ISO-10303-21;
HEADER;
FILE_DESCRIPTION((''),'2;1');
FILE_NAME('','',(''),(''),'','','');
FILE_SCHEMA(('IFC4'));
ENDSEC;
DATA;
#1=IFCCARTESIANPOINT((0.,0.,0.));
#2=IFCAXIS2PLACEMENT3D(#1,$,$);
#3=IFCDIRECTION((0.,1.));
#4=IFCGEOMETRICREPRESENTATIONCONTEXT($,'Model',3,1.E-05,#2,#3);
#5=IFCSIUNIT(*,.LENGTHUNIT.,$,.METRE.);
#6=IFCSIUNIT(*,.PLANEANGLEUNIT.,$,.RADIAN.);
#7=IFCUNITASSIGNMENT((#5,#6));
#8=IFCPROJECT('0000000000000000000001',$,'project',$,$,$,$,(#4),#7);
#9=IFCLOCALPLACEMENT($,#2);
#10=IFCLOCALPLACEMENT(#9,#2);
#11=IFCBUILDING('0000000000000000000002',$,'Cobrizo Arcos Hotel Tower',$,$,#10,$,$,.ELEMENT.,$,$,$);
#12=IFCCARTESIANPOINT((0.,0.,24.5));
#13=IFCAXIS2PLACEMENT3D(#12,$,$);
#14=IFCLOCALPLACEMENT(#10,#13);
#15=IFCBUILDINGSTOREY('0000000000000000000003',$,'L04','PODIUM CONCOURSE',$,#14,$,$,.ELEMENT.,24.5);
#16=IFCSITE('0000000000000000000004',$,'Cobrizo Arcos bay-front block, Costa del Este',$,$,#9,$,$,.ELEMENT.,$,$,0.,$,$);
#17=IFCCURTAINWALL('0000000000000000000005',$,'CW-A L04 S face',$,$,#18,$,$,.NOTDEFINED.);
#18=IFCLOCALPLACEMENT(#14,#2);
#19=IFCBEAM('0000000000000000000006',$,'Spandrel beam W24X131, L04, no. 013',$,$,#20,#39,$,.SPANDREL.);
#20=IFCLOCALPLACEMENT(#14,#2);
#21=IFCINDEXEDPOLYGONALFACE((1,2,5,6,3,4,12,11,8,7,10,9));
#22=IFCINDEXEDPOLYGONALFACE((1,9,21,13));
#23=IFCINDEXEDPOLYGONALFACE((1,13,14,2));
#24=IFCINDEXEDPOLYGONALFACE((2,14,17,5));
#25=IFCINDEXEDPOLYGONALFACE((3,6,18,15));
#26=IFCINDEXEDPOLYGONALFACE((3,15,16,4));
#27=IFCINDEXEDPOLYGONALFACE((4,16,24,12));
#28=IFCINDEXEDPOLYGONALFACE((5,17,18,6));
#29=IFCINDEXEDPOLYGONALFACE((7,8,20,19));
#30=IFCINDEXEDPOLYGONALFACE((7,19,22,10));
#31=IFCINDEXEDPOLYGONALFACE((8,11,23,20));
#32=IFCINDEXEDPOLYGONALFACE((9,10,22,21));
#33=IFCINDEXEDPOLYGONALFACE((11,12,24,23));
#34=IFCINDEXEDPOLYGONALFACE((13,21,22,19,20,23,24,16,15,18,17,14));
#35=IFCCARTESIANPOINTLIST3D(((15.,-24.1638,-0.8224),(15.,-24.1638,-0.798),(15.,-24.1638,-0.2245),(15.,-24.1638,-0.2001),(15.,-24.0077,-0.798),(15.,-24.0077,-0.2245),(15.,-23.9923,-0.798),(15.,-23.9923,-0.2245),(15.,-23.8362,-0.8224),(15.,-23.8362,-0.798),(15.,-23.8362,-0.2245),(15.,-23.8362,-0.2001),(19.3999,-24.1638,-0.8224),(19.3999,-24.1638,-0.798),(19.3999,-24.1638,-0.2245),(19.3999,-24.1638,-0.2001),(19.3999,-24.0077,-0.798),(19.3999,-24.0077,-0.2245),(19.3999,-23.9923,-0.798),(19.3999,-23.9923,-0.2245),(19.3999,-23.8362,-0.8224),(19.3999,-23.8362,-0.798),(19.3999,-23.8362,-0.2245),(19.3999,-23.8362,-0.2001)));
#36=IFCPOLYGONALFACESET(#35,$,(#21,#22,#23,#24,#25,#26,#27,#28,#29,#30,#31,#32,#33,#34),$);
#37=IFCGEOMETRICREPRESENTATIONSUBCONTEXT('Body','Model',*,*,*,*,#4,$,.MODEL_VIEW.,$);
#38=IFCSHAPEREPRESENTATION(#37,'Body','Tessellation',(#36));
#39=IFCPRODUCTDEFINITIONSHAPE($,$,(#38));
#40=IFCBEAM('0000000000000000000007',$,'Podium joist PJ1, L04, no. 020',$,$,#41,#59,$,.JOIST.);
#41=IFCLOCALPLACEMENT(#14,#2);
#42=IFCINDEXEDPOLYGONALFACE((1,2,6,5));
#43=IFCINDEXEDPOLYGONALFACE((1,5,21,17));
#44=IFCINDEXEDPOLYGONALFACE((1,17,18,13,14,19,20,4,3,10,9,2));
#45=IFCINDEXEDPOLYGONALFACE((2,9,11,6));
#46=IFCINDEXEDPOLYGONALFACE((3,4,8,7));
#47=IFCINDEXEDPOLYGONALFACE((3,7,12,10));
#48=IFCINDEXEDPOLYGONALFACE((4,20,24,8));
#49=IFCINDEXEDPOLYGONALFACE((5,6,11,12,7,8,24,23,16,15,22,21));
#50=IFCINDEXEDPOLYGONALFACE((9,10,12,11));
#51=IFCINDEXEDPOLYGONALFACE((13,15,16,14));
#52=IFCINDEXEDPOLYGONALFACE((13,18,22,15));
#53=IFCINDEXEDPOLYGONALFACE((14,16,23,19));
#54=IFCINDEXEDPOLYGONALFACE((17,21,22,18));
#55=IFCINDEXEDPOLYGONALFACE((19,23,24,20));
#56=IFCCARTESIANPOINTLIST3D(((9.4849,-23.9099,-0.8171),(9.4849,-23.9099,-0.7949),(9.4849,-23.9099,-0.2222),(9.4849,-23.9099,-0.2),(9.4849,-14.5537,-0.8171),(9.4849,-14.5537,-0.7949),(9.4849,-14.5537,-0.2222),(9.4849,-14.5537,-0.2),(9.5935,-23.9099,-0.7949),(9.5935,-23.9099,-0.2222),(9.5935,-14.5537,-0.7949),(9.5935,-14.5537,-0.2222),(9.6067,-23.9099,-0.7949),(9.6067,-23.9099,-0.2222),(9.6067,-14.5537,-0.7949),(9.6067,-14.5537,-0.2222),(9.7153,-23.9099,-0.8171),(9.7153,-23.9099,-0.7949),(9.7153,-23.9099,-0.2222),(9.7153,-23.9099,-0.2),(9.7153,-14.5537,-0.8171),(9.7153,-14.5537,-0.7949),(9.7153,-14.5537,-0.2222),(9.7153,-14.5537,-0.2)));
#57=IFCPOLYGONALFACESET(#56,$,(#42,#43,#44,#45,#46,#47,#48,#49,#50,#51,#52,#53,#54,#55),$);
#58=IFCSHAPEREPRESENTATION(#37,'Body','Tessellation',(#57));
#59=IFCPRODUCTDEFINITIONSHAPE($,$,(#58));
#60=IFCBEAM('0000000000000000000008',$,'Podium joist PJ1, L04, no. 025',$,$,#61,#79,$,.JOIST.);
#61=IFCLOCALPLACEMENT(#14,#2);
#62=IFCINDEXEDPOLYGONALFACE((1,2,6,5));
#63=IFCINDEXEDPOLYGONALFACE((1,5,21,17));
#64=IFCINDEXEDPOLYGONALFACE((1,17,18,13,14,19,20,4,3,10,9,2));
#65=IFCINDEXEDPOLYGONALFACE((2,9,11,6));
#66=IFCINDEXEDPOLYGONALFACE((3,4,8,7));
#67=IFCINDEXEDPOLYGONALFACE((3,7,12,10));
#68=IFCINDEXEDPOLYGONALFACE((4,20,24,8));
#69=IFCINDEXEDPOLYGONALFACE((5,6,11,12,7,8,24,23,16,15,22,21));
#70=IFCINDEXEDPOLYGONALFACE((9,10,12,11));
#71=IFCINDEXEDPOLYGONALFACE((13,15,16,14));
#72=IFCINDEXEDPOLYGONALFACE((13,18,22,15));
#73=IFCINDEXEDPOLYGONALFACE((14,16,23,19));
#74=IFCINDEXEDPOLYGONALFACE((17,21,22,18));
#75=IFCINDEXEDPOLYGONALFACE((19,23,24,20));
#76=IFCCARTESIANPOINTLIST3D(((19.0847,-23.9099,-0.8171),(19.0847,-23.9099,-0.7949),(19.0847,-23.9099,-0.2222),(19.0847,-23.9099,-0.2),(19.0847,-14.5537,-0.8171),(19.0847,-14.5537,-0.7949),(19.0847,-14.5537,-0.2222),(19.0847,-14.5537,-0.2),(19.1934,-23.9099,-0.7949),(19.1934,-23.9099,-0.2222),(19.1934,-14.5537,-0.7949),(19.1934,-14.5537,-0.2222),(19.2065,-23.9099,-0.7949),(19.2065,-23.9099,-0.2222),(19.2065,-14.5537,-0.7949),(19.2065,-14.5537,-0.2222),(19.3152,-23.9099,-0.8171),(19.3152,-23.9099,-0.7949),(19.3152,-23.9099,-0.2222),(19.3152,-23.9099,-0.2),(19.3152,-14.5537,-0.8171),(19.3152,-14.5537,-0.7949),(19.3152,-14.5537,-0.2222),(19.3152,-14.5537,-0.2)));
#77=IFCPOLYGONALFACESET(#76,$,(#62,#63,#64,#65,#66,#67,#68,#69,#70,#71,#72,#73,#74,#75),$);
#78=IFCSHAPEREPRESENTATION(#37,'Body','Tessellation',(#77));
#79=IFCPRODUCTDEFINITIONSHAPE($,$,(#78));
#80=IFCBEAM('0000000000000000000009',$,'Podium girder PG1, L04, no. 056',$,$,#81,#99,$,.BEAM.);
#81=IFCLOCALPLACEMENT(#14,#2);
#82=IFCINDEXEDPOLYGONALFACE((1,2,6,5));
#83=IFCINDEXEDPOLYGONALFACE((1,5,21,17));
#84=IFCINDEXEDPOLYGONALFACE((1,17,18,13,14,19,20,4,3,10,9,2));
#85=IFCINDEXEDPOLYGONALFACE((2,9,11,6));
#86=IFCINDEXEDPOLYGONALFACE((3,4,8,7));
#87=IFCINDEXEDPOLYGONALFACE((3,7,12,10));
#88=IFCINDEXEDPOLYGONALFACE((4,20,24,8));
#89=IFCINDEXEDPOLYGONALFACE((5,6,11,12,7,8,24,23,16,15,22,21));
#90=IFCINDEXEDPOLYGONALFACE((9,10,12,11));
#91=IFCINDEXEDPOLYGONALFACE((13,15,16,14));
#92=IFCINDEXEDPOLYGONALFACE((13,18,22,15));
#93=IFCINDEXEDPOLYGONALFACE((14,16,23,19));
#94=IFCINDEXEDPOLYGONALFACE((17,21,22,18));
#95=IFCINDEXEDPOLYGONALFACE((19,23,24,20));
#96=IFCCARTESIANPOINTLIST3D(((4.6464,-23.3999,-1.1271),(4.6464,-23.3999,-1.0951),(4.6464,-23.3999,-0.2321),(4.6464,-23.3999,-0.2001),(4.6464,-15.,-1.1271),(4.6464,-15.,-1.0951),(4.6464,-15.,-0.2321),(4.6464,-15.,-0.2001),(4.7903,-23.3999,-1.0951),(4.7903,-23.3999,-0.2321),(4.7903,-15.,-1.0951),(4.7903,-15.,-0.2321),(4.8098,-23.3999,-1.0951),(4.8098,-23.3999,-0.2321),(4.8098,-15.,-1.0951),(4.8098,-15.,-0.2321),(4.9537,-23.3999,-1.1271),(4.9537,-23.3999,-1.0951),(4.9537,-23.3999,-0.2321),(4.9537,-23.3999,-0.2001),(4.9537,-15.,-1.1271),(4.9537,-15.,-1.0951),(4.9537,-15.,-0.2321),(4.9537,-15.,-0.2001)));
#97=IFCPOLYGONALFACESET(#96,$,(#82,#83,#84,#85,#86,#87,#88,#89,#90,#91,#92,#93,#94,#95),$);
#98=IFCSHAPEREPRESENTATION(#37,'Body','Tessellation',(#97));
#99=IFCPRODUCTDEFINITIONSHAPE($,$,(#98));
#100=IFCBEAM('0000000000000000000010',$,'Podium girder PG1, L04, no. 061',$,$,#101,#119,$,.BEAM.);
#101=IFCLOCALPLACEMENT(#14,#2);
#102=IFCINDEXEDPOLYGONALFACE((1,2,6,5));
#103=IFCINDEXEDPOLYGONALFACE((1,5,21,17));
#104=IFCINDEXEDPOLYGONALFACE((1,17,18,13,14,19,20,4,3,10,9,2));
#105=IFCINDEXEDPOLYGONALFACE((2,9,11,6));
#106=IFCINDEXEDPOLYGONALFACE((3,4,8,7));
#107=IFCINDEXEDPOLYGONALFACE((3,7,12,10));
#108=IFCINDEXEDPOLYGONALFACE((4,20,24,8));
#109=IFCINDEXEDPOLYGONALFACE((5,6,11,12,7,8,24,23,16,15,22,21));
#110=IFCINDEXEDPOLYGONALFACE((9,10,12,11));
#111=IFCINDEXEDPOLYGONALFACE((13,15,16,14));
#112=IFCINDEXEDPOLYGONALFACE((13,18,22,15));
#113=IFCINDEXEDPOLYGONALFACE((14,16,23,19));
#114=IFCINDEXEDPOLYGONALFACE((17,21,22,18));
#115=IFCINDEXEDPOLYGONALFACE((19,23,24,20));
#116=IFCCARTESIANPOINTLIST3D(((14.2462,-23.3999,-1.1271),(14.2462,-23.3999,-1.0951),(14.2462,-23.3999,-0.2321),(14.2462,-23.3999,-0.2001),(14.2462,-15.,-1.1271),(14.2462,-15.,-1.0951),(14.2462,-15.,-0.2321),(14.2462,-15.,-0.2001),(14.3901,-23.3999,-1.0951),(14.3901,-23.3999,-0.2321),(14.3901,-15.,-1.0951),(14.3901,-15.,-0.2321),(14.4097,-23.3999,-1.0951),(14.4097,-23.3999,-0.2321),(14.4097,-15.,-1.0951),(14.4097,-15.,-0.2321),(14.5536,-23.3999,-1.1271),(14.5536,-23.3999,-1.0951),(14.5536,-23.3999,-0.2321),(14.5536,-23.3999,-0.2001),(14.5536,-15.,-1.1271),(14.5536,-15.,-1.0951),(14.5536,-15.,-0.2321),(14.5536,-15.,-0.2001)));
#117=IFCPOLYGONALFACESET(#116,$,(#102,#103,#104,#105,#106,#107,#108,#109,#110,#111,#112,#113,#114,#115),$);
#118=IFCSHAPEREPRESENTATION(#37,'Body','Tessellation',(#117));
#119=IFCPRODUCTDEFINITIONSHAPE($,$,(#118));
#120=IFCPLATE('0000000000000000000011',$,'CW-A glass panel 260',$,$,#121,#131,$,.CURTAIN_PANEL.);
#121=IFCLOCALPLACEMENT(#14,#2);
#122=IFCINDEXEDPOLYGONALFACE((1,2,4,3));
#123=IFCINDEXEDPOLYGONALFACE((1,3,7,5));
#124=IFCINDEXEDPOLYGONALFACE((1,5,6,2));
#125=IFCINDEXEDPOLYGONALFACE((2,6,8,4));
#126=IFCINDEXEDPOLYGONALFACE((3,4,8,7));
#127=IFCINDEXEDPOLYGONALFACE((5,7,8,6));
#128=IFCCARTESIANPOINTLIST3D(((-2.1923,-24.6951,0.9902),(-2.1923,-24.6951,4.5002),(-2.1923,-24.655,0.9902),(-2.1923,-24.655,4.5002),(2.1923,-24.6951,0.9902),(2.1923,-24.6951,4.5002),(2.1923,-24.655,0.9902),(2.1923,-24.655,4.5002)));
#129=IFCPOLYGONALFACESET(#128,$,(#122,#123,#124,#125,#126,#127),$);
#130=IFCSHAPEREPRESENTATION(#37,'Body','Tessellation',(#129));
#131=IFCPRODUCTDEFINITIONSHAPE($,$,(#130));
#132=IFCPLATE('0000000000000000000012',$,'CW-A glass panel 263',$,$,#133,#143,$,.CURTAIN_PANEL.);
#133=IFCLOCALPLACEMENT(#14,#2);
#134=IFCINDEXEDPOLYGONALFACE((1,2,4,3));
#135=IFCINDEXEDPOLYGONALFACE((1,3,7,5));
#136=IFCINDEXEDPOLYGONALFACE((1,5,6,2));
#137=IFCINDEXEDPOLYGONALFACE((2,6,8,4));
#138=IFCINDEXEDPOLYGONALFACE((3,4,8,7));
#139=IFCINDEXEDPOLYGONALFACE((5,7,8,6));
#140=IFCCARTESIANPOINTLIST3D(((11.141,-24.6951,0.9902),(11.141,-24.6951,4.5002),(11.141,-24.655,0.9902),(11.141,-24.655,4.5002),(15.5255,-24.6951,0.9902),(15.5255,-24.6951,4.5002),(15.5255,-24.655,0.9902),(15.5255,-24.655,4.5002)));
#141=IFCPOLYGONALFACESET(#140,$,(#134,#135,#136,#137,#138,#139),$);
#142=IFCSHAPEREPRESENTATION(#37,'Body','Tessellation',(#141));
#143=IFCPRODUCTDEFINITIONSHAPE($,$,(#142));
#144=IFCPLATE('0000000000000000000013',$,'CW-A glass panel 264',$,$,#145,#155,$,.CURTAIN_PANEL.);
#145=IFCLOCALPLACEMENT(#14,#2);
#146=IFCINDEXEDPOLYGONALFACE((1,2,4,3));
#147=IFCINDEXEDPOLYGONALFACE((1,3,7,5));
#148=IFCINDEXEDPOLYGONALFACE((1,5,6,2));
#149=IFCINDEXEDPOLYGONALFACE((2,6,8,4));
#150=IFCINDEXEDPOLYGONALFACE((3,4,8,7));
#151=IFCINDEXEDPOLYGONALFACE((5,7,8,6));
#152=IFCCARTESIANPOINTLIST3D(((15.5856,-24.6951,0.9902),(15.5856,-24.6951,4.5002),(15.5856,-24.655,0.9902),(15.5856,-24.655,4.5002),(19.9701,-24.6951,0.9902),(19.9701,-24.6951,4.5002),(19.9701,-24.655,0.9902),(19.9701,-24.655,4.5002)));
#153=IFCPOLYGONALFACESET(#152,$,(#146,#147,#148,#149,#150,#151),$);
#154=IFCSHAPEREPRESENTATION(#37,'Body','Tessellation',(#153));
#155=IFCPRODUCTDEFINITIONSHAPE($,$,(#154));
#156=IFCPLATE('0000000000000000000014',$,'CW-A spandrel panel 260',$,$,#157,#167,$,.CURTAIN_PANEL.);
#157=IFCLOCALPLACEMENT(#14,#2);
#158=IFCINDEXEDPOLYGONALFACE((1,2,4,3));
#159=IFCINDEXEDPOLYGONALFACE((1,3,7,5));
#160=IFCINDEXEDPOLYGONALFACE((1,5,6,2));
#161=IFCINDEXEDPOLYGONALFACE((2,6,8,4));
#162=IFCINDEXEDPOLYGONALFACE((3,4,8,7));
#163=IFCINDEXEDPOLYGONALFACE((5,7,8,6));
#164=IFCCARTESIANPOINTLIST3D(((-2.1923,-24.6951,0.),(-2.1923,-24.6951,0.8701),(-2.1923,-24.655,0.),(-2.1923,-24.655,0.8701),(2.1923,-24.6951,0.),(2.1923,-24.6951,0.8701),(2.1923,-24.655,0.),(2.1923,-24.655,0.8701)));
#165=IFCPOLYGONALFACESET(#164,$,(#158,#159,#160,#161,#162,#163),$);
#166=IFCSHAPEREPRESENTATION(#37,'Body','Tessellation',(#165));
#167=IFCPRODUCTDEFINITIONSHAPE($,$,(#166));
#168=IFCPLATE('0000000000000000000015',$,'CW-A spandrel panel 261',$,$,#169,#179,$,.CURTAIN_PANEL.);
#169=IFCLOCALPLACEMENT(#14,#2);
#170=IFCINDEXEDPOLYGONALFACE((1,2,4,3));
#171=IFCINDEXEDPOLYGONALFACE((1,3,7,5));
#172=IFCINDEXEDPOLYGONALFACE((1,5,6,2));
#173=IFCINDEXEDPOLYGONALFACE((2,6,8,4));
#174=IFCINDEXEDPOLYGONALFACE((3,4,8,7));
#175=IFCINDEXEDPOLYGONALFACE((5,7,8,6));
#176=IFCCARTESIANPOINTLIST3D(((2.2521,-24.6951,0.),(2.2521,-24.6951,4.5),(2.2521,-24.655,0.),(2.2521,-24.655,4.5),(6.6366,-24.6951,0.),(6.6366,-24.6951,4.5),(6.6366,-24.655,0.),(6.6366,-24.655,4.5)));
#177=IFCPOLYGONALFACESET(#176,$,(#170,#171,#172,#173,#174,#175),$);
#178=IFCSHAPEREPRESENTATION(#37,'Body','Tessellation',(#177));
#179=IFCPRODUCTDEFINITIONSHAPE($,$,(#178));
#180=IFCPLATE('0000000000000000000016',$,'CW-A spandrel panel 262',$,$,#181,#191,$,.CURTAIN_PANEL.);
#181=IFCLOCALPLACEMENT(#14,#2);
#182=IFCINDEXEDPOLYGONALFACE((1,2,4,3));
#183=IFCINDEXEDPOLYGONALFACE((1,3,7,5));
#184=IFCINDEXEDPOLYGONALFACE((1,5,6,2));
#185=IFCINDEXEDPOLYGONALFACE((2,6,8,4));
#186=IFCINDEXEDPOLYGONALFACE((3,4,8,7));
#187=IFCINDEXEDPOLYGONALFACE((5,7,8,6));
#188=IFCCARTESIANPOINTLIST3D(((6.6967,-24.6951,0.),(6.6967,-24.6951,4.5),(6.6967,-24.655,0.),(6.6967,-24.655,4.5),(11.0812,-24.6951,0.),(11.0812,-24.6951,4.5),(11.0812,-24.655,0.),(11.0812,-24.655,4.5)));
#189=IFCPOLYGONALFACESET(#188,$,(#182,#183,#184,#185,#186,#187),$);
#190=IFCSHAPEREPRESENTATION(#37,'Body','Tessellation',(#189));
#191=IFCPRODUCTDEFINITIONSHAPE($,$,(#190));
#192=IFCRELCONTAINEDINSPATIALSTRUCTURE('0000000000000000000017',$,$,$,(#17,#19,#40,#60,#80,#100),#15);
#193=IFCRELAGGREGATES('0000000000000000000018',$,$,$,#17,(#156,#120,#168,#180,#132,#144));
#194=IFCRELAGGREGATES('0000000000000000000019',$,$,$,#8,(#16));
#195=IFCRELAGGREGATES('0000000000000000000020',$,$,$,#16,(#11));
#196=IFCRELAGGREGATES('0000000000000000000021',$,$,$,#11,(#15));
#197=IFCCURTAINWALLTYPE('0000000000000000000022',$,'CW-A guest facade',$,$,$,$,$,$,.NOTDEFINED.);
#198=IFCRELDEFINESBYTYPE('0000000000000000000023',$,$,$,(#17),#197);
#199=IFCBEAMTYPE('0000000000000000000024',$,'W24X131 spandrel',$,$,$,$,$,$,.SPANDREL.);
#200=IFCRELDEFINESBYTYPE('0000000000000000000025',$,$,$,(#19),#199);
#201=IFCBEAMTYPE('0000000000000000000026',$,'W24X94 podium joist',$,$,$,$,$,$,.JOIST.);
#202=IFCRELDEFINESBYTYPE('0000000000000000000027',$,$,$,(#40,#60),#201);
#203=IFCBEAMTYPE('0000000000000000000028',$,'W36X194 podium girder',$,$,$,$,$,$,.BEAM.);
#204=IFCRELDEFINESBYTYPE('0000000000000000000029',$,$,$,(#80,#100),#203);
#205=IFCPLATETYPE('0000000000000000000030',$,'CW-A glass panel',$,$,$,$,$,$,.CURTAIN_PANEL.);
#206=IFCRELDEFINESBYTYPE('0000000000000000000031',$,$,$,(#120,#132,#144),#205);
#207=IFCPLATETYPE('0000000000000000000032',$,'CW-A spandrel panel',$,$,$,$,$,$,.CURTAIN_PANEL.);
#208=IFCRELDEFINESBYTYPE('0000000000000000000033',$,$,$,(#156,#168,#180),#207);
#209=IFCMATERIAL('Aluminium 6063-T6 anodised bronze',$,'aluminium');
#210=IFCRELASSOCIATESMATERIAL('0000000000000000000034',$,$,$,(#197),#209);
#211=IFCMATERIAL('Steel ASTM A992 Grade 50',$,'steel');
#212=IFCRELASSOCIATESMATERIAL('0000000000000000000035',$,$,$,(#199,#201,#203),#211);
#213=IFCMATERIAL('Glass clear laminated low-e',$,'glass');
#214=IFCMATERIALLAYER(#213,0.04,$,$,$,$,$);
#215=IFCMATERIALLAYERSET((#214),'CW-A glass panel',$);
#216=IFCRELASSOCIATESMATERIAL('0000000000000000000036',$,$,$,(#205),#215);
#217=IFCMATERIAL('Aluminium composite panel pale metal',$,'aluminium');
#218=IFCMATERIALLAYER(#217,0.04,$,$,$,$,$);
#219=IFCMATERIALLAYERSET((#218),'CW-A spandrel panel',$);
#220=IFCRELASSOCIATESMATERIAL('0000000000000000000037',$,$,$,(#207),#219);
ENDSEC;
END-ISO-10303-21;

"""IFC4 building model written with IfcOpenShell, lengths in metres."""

from ifc_helpers import new_model, si_unit, direction, frame, origin, origin_2d, place, context, subcontext, project, spatial, rectangle, i_section, extrude, material, layer, layer_set, material_profile, profile_set, type_object, element, aggregate, save


model = new_model("IFC4")

# Units and contexts
model_context = context("Model", 3, precision=1e-05, world=origin(), true_north=direction((0.0, 1.0)))
body_context = subcontext(model_context, "Body", "Model", "MODEL_VIEW")
ifc_project = project(units=[si_unit("LENGTHUNIT", "METRE"), si_unit("PLANEANGLEUNIT", "RADIAN")], contexts=[model_context])

# Site, building, storey
site_placement = place(None, origin())
site = spatial("IfcSite", under=ifc_project, at=site_placement, Name="Cobrizo Arcos bay-front block, Costa del Este", CompositionType="ELEMENT", RefElevation=0.0)
building_placement = place(site_placement, origin())
building = spatial("IfcBuilding", under=site, at=building_placement, Name="Cobrizo Arcos Hotel Tower", CompositionType="ELEMENT")
storey_placement = place(building_placement, frame((0.0, 0.0, 24.5)))
storey = spatial("IfcBuildingStorey", under=building, at=storey_placement, Name="L04", Description="PODIUM CONCOURSE", CompositionType="ELEMENT", Elevation=24.5)

# Curtain wall
ifc_material_1 = material(Name="Aluminium 6063-T6 anodised bronze", Category="aluminium")
curtain_wall_type = type_object("IfcCurtainWallType", Name="CW-A guest facade", PredefinedType="NOTDEFINED", material=ifc_material_1)
curtain_wall_placement = place(storey_placement, origin())
curtain_wall = element("IfcCurtainWall", 1, at=curtain_wall_placement, inside=storey, type_object=curtain_wall_type, Name="CW-A L04 S face", PredefinedType="NOTDEFINED")

# Beams
ifc_material_2 = material(Name="Steel ASTM A992 Grade 50", Category="steel")
ifc_material_profile_1 = material_profile(ifc_material_2, i_section(OverallWidth=0.3276, OverallDepth=0.6223, WebThickness=0.0154, FlangeThickness=0.0244, at=origin_2d()), Name="W24X131")
ifc_profile_set_1 = profile_set([ifc_material_profile_1], Name="Steel ASTM A992 Grade 50")
beam_type_1 = type_object("IfcBeamType", Name="W24X131 spandrel", PredefinedType="SPANDREL", material=ifc_profile_set_1)
beam_1_placement = place(storey_placement, frame((15.0, -24.0, -0.5112), z_axis=(1.0, 0.0, 0.0), x_axis=(0.0, 1.0, 0.0)))
element("IfcBeam", 2, at=beam_1_placement, inside=storey, type_object=beam_type_1, Name="Spandrel beam W24X131, L04, no. 013", PredefinedType="SPANDREL", context=body_context, shape_type="SweptSolid", body=[
    extrude(i_section(OverallWidth=0.3276, OverallDepth=0.6223, WebThickness=0.0154, FlangeThickness=0.0244, at=origin_2d()), origin(), (0.0, 0.0, 1.0), 4.3999),
])
ifc_material_profile_2 = material_profile(ifc_material_2, i_section(OverallWidth=0.2305, OverallDepth=0.6172, WebThickness=0.0132, FlangeThickness=0.0222, at=origin_2d()), Name="W24X94")
ifc_profile_set_2 = profile_set([ifc_material_profile_2], Name="Steel ASTM A992 Grade 50")
beam_type_2 = type_object("IfcBeamType", Name="W24X94 podium joist", PredefinedType="JOIST", material=ifc_profile_set_2)
for number, where, z_axis, x_axis, name in (
    (3, (9.6001, -23.9099, -0.5085), (0.0, 1.0, 0.0), (-1.0, 0.0, 0.0), "Podium joist PJ1, L04, no. 020"),
    (4, (19.2, -23.9099, -0.5085), (0.0, 1.0, 0.0), (-1.0, 0.0, 0.0), "Podium joist PJ1, L04, no. 025"),
):
    element("IfcBeam", number, at=place(storey_placement, frame(where, z_axis=z_axis, x_axis=x_axis)), inside=storey, type_object=beam_type_2, Name=name, PredefinedType="JOIST", context=body_context, shape_type="SweptSolid", body=[
        extrude(i_section(OverallWidth=0.2305, OverallDepth=0.6172, WebThickness=0.0132, FlangeThickness=0.0222, at=origin_2d()), origin(), (0.0, 0.0, 1.0), 9.3562),
    ])
ifc_material_profile_3 = material_profile(ifc_material_2, i_section(OverallWidth=0.3074, OverallDepth=0.927, WebThickness=0.0195, FlangeThickness=0.032, at=origin_2d()), Name="W36X194")
ifc_profile_set_3 = profile_set([ifc_material_profile_3], Name="Steel ASTM A992 Grade 50")
beam_type_3 = type_object("IfcBeamType", Name="W36X194 podium girder", PredefinedType="BEAM", material=ifc_profile_set_3)
for number, where, z_axis, x_axis, name in (
    (5, (4.8, -23.3999, -0.6636), (0.0, 1.0, 0.0), (-1.0, 0.0, 0.0), "Podium girder PG1, L04, no. 056"),
    (6, (14.3999, -23.3999, -0.6636), (0.0, 1.0, 0.0), (-1.0, 0.0, 0.0), "Podium girder PG1, L04, no. 061"),
):
    element("IfcBeam", number, at=place(storey_placement, frame(where, z_axis=z_axis, x_axis=x_axis)), inside=storey, type_object=beam_type_3, Name=name, PredefinedType="BEAM", context=body_context, shape_type="SweptSolid", body=[
        extrude(i_section(OverallWidth=0.3074, OverallDepth=0.927, WebThickness=0.0195, FlangeThickness=0.032, at=origin_2d()), origin(), (0.0, 0.0, 1.0), 8.3999),
    ])

# Plates
ifc_material_3 = material(Name="Glass clear laminated low-e", Category="glass")
ifc_layer_1 = layer(ifc_material_3, 0.04)
ifc_layer_set_1 = layer_set([ifc_layer_1], Name="CW-A glass panel")
plate_type_1 = type_object("IfcPlateType", Name="CW-A glass panel", PredefinedType="CURTAIN_PANEL", material=ifc_layer_set_1)
plate_1_placement = place(storey_placement, frame((0.0, -24.675, 0.9902), z_axis=(0.0, 0.0, 1.0), x_axis=(1.0, 0.0, 0.0)))
plate_1 = element("IfcPlate", 7, at=plate_1_placement, type_object=plate_type_1, Name="CW-A glass panel 260", PredefinedType="CURTAIN_PANEL", context=body_context, shape_type="SweptSolid", body=[
    extrude(rectangle(XDim=4.3845, YDim=0.04, at=origin_2d()), origin(), (0.0, 0.0, 1.0), 3.51),
])
plate_2_placement = place(storey_placement, frame((13.3333, -24.675, 0.9902), z_axis=(0.0, 0.0, 1.0), x_axis=(1.0, 0.0, 0.0)))
plate_2 = element("IfcPlate", 8, at=plate_2_placement, type_object=plate_type_1, Name="CW-A glass panel 263", PredefinedType="CURTAIN_PANEL", context=body_context, shape_type="SweptSolid", body=[
    extrude(rectangle(XDim=4.3845, YDim=0.04, at=origin_2d()), origin(), (0.0, 0.0, 1.0), 3.51),
])
plate_3_placement = place(storey_placement, frame((17.7778, -24.675, 0.9902), z_axis=(0.0, 0.0, 1.0), x_axis=(1.0, 0.0, 0.0)))
plate_3 = element("IfcPlate", 9, at=plate_3_placement, type_object=plate_type_1, Name="CW-A glass panel 264", PredefinedType="CURTAIN_PANEL", context=body_context, shape_type="SweptSolid", body=[
    extrude(rectangle(XDim=4.3845, YDim=0.04, at=origin_2d()), origin(), (0.0, 0.0, 1.0), 3.51),
])
ifc_material_4 = material(Name="Aluminium composite panel pale metal", Category="aluminium")
ifc_layer_2 = layer(ifc_material_4, 0.04)
ifc_layer_set_2 = layer_set([ifc_layer_2], Name="CW-A spandrel panel")
plate_type_2 = type_object("IfcPlateType", Name="CW-A spandrel panel", PredefinedType="CURTAIN_PANEL", material=ifc_layer_set_2)
plate_4_placement = place(storey_placement, frame((0.0, -24.675, 0.0), z_axis=(0.0, 0.0, 1.0), x_axis=(1.0, 0.0, 0.0)))
plate_4 = element("IfcPlate", 10, at=plate_4_placement, type_object=plate_type_2, Name="CW-A spandrel panel 260", PredefinedType="CURTAIN_PANEL", context=body_context, shape_type="SweptSolid", body=[
    extrude(rectangle(XDim=4.3845, YDim=0.04, at=origin_2d()), origin(), (0.0, 0.0, 1.0), 0.8701),
])
plate_5_placement = place(storey_placement, frame((4.4443, -24.675, 0.0), z_axis=(0.0, 0.0, 1.0), x_axis=(1.0, 0.0, 0.0)))
plate_5 = element("IfcPlate", 11, at=plate_5_placement, type_object=plate_type_2, Name="CW-A spandrel panel 261", PredefinedType="CURTAIN_PANEL", context=body_context, shape_type="SweptSolid", body=[
    extrude(rectangle(XDim=4.3845, YDim=0.04, at=origin_2d()), origin(), (0.0, 0.0, 1.0), 4.5),
])
plate_6_placement = place(storey_placement, frame((8.8889, -24.675, 0.0), z_axis=(0.0, 0.0, 1.0), x_axis=(1.0, 0.0, 0.0)))
plate_6 = element("IfcPlate", 12, at=plate_6_placement, type_object=plate_type_2, Name="CW-A spandrel panel 262", PredefinedType="CURTAIN_PANEL", context=body_context, shape_type="SweptSolid", body=[
    extrude(rectangle(XDim=4.3845, YDim=0.04, at=origin_2d()), origin(), (0.0, 0.0, 1.0), 4.5),
])
aggregate(curtain_wall, [plate_4, plate_1, plate_5, plate_6, plate_2, plate_3])

save(model, "model.ifc")
